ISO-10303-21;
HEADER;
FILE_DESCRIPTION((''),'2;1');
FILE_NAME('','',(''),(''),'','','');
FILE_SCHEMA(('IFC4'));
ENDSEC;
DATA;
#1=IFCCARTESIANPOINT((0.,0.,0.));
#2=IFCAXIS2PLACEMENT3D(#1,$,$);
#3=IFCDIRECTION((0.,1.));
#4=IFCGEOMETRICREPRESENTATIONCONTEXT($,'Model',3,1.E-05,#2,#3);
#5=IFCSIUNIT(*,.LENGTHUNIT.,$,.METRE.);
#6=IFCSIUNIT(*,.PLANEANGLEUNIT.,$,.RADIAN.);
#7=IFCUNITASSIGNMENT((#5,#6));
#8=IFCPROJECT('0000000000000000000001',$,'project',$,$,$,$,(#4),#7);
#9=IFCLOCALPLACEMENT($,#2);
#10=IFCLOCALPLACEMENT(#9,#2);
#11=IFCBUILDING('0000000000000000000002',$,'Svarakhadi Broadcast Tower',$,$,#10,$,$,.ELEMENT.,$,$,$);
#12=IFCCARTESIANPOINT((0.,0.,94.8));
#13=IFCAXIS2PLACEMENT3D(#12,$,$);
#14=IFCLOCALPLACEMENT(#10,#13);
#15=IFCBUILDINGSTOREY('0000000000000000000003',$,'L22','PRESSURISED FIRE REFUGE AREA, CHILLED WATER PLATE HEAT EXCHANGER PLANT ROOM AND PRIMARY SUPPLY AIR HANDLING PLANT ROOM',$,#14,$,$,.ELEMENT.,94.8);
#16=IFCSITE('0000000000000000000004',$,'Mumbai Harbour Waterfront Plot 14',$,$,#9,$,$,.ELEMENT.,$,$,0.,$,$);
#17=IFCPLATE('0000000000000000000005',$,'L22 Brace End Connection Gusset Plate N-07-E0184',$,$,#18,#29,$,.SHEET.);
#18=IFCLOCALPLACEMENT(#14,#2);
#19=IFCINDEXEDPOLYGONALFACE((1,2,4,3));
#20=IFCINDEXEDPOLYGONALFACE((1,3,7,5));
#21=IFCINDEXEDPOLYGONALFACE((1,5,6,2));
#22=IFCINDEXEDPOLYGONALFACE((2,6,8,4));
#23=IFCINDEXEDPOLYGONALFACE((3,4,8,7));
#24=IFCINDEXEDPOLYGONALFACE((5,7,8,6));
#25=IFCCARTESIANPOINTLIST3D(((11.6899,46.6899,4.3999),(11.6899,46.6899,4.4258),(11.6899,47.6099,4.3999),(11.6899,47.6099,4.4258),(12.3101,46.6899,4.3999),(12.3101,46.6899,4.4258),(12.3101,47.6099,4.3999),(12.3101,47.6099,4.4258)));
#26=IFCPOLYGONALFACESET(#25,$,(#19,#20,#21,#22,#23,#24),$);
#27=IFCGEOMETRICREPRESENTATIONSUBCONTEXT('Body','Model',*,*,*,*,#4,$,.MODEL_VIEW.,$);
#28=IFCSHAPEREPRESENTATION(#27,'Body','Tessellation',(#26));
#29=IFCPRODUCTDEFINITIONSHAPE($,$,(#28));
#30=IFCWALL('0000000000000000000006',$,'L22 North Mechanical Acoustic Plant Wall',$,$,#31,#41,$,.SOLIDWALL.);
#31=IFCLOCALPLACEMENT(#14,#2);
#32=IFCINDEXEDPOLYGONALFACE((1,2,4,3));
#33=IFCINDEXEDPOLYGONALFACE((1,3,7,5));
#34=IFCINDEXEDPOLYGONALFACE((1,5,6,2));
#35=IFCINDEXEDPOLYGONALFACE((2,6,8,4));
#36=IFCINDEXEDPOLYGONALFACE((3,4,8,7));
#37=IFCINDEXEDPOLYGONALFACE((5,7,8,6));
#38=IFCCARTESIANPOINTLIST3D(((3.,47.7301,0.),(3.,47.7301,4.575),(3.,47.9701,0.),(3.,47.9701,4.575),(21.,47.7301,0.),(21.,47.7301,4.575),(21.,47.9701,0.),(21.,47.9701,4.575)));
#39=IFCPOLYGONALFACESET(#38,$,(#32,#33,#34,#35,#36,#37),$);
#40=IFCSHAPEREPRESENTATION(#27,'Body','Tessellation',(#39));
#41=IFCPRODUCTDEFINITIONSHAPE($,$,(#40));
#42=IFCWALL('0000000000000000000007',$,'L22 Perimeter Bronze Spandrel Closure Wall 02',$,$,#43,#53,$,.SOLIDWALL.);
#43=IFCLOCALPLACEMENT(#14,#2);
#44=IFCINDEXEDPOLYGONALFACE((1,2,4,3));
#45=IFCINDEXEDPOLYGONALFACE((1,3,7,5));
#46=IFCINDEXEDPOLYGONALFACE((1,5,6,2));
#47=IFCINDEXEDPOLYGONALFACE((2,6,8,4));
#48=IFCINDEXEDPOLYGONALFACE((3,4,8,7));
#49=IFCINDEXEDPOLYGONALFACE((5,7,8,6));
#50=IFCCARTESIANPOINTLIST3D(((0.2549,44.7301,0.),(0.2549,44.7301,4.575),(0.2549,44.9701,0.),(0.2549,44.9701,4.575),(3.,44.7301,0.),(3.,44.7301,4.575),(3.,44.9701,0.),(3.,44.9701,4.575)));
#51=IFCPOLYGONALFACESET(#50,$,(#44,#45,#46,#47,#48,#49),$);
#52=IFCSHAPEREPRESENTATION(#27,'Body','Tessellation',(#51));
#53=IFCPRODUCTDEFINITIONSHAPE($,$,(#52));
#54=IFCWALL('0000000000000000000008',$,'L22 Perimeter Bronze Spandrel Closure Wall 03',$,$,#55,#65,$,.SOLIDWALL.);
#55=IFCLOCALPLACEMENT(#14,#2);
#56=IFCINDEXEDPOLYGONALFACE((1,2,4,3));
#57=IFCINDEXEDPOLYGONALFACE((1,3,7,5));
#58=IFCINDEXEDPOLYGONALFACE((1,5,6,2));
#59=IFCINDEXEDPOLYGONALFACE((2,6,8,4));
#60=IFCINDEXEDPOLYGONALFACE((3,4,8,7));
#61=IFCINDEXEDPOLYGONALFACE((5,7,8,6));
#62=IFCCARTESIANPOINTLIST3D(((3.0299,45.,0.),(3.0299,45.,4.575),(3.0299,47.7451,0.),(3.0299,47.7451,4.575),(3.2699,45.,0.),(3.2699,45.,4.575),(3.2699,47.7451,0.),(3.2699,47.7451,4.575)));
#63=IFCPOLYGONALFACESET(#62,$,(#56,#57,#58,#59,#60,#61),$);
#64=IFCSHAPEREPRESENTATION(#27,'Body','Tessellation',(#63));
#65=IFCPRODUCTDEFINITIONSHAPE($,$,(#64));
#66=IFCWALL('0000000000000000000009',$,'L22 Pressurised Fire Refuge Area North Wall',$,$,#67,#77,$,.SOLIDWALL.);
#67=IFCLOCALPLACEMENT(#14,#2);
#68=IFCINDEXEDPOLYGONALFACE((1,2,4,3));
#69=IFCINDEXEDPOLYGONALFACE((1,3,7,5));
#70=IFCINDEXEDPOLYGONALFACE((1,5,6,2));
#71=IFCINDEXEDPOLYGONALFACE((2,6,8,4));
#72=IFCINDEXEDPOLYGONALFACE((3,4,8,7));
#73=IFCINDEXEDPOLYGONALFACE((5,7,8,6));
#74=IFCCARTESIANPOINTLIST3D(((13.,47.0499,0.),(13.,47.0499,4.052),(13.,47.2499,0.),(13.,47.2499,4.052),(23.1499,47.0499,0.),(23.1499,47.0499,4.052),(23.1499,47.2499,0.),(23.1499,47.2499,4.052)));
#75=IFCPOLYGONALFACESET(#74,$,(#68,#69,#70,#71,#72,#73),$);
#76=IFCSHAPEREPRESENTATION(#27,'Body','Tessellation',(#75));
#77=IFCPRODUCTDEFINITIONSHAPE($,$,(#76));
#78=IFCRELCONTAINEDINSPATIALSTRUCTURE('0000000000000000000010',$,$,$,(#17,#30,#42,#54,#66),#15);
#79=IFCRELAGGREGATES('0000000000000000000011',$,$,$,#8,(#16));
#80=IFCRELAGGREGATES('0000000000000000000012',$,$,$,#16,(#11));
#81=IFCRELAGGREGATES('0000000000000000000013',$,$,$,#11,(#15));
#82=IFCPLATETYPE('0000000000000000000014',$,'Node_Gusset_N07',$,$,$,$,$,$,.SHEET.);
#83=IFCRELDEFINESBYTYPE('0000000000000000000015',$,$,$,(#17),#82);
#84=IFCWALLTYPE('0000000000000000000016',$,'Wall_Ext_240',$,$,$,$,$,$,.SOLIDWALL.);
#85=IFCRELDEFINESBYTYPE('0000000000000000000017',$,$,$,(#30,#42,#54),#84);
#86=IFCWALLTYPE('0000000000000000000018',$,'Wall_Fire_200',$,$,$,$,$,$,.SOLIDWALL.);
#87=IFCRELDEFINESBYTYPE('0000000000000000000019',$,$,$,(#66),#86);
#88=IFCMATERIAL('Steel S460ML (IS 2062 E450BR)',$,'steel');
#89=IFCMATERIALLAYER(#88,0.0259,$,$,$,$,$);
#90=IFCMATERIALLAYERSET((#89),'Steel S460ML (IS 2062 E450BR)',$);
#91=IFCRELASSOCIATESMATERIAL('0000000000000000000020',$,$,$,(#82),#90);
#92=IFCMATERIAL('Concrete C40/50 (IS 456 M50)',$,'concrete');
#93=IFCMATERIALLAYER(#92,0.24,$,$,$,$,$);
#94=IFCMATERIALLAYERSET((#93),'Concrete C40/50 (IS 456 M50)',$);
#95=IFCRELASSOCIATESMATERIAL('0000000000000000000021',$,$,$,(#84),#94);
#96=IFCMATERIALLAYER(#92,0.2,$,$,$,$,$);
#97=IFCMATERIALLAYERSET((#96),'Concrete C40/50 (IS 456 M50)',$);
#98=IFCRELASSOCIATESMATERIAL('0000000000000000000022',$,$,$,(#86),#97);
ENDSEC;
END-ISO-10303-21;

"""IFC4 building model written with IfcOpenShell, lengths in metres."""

from ifc_helpers import new_model, si_unit, direction, frame, frame_2d, origin, origin_2d, place, context, subcontext, project, spatial, rectangle, extrude, material, layer, layer_set, type_object, element, save


model = new_model("IFC4")

# Units and contexts
model_context = context("Model", 3, precision=1e-05, world=origin(), true_north=direction((0.0, 1.0)))
body_context = subcontext(model_context, "Body", "Model", "MODEL_VIEW")
ifc_project = project(units=[si_unit("LENGTHUNIT", "METRE"), si_unit("PLANEANGLEUNIT", "RADIAN")], contexts=[model_context])

# Site, building, storey
site_placement = place(None, origin())
site = spatial("IfcSite", under=ifc_project, at=site_placement, Name="Mumbai Harbour Waterfront Plot 14", CompositionType="ELEMENT", RefElevation=0.0)
building_placement = place(site_placement, origin())
building = spatial("IfcBuilding", under=site, at=building_placement, Name="Svarakhadi Broadcast Tower", CompositionType="ELEMENT")
storey_placement = place(building_placement, frame((0.0, 0.0, 94.8)))
storey = spatial("IfcBuildingStorey", under=building, at=storey_placement, Name="L22", Description="PRESSURISED FIRE REFUGE AREA, CHILLED WATER PLATE HEAT EXCHANGER PLANT ROOM AND PRIMARY SUPPLY AIR HANDLING PLANT ROOM", CompositionType="ELEMENT", Elevation=94.8)

# Shared definitions
ifc_material_1 = material(Name="Steel S460ML (IS 2062 E450BR)", Category="steel")

# Plate
ifc_layer_1 = layer(ifc_material_1, 0.0259)
ifc_layer_set_1 = layer_set([ifc_layer_1], Name="Steel S460ML (IS 2062 E450BR)")
plate_type = type_object("IfcPlateType", Name="Node_Gusset_N07", PredefinedType="SHEET", material=ifc_layer_set_1)
for number, where, z_axis, x_axis, name in (
    (1, (12.0, 47.1499, 4.3999), (0.0, 0.0, 1.0), (0.0, 1.0, 0.0), "L22 Brace End Connection Gusset Plate N-07-E0184"),
):
    element("IfcPlate", number, at=place(storey_placement, frame(where, z_axis=z_axis, x_axis=x_axis)), inside=storey, type_object=plate_type, Name=name, PredefinedType="SHEET", context=body_context, shape_type="SweptSolid", body=[
        extrude(rectangle(XDim=0.9199, YDim=0.6201, at=origin_2d()), origin(), (0.0, 0.0, 1.0), 0.0259),
    ])

# Walls
ifc_material_2 = material(Name="Concrete C40/50 (IS 456 M50)", Category="concrete")
ifc_layer_2 = layer(ifc_material_2, 0.24)
ifc_layer_set_2 = layer_set([ifc_layer_2], Name="Concrete C40/50 (IS 456 M50)")
wall_type_1 = type_object("IfcWallType", Name="Wall_Ext_240", PredefinedType="SOLIDWALL", material=ifc_layer_set_2)
wall_1_placement = place(storey_placement, frame((3.0, 47.8501, 0.0), z_axis=(0.0, 0.0, 1.0), x_axis=(1.0, 0.0, 0.0)))
element("IfcWall", 2, at=wall_1_placement, inside=storey, type_object=wall_type_1, Name="L22 North Mechanical Acoustic Plant Wall", PredefinedType="SOLIDWALL", context=body_context, shape_type="SweptSolid", body=[
    extrude(rectangle(XDim=18.0, YDim=0.24, at=frame_2d((9.0, 0.0))), origin(), (0.0, 0.0, 1.0), 4.575),
])
for number, where, z_axis, x_axis, name in (
    (3, (0.2549, 44.8501, 0.0), (0.0, 0.0, 1.0), (1.0, 0.0, 0.0), "L22 Perimeter Bronze Spandrel Closure Wall 02"),
    (4, (3.1499, 45.0, 0.0), (0.0, 0.0, 1.0), (0.0, 1.0, 0.0), "L22 Perimeter Bronze Spandrel Closure Wall 03"),
):
    element("IfcWall", number, at=place(storey_placement, frame(where, z_axis=z_axis, x_axis=x_axis)), inside=storey, type_object=wall_type_1, Name=name, PredefinedType="SOLIDWALL", context=body_context, shape_type="SweptSolid", body=[
        extrude(rectangle(XDim=2.7451, YDim=0.24, at=frame_2d((1.3726, 0.0))), origin(), (0.0, 0.0, 1.0), 4.575),
    ])
ifc_layer_3 = layer(ifc_material_2, 0.2)
ifc_layer_set_3 = layer_set([ifc_layer_3], Name="Concrete C40/50 (IS 456 M50)")
wall_type_2 = type_object("IfcWallType", Name="Wall_Fire_200", PredefinedType="SOLIDWALL", material=ifc_layer_set_3)
wall_2_placement = place(storey_placement, frame((13.0, 47.1499, 0.0), z_axis=(0.0, 0.0, 1.0), x_axis=(1.0, 0.0, 0.0)))
element("IfcWall", 5, at=wall_2_placement, inside=storey, type_object=wall_type_2, Name="L22 Pressurised Fire Refuge Area North Wall", PredefinedType="SOLIDWALL", context=body_context, shape_type="SweptSolid", body=[
    extrude(rectangle(XDim=10.1499, YDim=0.2, at=frame_2d((5.075, 0.0))), origin(), (0.0, 0.0, 1.0), 4.052),
])

save(model, "model.ifc")
